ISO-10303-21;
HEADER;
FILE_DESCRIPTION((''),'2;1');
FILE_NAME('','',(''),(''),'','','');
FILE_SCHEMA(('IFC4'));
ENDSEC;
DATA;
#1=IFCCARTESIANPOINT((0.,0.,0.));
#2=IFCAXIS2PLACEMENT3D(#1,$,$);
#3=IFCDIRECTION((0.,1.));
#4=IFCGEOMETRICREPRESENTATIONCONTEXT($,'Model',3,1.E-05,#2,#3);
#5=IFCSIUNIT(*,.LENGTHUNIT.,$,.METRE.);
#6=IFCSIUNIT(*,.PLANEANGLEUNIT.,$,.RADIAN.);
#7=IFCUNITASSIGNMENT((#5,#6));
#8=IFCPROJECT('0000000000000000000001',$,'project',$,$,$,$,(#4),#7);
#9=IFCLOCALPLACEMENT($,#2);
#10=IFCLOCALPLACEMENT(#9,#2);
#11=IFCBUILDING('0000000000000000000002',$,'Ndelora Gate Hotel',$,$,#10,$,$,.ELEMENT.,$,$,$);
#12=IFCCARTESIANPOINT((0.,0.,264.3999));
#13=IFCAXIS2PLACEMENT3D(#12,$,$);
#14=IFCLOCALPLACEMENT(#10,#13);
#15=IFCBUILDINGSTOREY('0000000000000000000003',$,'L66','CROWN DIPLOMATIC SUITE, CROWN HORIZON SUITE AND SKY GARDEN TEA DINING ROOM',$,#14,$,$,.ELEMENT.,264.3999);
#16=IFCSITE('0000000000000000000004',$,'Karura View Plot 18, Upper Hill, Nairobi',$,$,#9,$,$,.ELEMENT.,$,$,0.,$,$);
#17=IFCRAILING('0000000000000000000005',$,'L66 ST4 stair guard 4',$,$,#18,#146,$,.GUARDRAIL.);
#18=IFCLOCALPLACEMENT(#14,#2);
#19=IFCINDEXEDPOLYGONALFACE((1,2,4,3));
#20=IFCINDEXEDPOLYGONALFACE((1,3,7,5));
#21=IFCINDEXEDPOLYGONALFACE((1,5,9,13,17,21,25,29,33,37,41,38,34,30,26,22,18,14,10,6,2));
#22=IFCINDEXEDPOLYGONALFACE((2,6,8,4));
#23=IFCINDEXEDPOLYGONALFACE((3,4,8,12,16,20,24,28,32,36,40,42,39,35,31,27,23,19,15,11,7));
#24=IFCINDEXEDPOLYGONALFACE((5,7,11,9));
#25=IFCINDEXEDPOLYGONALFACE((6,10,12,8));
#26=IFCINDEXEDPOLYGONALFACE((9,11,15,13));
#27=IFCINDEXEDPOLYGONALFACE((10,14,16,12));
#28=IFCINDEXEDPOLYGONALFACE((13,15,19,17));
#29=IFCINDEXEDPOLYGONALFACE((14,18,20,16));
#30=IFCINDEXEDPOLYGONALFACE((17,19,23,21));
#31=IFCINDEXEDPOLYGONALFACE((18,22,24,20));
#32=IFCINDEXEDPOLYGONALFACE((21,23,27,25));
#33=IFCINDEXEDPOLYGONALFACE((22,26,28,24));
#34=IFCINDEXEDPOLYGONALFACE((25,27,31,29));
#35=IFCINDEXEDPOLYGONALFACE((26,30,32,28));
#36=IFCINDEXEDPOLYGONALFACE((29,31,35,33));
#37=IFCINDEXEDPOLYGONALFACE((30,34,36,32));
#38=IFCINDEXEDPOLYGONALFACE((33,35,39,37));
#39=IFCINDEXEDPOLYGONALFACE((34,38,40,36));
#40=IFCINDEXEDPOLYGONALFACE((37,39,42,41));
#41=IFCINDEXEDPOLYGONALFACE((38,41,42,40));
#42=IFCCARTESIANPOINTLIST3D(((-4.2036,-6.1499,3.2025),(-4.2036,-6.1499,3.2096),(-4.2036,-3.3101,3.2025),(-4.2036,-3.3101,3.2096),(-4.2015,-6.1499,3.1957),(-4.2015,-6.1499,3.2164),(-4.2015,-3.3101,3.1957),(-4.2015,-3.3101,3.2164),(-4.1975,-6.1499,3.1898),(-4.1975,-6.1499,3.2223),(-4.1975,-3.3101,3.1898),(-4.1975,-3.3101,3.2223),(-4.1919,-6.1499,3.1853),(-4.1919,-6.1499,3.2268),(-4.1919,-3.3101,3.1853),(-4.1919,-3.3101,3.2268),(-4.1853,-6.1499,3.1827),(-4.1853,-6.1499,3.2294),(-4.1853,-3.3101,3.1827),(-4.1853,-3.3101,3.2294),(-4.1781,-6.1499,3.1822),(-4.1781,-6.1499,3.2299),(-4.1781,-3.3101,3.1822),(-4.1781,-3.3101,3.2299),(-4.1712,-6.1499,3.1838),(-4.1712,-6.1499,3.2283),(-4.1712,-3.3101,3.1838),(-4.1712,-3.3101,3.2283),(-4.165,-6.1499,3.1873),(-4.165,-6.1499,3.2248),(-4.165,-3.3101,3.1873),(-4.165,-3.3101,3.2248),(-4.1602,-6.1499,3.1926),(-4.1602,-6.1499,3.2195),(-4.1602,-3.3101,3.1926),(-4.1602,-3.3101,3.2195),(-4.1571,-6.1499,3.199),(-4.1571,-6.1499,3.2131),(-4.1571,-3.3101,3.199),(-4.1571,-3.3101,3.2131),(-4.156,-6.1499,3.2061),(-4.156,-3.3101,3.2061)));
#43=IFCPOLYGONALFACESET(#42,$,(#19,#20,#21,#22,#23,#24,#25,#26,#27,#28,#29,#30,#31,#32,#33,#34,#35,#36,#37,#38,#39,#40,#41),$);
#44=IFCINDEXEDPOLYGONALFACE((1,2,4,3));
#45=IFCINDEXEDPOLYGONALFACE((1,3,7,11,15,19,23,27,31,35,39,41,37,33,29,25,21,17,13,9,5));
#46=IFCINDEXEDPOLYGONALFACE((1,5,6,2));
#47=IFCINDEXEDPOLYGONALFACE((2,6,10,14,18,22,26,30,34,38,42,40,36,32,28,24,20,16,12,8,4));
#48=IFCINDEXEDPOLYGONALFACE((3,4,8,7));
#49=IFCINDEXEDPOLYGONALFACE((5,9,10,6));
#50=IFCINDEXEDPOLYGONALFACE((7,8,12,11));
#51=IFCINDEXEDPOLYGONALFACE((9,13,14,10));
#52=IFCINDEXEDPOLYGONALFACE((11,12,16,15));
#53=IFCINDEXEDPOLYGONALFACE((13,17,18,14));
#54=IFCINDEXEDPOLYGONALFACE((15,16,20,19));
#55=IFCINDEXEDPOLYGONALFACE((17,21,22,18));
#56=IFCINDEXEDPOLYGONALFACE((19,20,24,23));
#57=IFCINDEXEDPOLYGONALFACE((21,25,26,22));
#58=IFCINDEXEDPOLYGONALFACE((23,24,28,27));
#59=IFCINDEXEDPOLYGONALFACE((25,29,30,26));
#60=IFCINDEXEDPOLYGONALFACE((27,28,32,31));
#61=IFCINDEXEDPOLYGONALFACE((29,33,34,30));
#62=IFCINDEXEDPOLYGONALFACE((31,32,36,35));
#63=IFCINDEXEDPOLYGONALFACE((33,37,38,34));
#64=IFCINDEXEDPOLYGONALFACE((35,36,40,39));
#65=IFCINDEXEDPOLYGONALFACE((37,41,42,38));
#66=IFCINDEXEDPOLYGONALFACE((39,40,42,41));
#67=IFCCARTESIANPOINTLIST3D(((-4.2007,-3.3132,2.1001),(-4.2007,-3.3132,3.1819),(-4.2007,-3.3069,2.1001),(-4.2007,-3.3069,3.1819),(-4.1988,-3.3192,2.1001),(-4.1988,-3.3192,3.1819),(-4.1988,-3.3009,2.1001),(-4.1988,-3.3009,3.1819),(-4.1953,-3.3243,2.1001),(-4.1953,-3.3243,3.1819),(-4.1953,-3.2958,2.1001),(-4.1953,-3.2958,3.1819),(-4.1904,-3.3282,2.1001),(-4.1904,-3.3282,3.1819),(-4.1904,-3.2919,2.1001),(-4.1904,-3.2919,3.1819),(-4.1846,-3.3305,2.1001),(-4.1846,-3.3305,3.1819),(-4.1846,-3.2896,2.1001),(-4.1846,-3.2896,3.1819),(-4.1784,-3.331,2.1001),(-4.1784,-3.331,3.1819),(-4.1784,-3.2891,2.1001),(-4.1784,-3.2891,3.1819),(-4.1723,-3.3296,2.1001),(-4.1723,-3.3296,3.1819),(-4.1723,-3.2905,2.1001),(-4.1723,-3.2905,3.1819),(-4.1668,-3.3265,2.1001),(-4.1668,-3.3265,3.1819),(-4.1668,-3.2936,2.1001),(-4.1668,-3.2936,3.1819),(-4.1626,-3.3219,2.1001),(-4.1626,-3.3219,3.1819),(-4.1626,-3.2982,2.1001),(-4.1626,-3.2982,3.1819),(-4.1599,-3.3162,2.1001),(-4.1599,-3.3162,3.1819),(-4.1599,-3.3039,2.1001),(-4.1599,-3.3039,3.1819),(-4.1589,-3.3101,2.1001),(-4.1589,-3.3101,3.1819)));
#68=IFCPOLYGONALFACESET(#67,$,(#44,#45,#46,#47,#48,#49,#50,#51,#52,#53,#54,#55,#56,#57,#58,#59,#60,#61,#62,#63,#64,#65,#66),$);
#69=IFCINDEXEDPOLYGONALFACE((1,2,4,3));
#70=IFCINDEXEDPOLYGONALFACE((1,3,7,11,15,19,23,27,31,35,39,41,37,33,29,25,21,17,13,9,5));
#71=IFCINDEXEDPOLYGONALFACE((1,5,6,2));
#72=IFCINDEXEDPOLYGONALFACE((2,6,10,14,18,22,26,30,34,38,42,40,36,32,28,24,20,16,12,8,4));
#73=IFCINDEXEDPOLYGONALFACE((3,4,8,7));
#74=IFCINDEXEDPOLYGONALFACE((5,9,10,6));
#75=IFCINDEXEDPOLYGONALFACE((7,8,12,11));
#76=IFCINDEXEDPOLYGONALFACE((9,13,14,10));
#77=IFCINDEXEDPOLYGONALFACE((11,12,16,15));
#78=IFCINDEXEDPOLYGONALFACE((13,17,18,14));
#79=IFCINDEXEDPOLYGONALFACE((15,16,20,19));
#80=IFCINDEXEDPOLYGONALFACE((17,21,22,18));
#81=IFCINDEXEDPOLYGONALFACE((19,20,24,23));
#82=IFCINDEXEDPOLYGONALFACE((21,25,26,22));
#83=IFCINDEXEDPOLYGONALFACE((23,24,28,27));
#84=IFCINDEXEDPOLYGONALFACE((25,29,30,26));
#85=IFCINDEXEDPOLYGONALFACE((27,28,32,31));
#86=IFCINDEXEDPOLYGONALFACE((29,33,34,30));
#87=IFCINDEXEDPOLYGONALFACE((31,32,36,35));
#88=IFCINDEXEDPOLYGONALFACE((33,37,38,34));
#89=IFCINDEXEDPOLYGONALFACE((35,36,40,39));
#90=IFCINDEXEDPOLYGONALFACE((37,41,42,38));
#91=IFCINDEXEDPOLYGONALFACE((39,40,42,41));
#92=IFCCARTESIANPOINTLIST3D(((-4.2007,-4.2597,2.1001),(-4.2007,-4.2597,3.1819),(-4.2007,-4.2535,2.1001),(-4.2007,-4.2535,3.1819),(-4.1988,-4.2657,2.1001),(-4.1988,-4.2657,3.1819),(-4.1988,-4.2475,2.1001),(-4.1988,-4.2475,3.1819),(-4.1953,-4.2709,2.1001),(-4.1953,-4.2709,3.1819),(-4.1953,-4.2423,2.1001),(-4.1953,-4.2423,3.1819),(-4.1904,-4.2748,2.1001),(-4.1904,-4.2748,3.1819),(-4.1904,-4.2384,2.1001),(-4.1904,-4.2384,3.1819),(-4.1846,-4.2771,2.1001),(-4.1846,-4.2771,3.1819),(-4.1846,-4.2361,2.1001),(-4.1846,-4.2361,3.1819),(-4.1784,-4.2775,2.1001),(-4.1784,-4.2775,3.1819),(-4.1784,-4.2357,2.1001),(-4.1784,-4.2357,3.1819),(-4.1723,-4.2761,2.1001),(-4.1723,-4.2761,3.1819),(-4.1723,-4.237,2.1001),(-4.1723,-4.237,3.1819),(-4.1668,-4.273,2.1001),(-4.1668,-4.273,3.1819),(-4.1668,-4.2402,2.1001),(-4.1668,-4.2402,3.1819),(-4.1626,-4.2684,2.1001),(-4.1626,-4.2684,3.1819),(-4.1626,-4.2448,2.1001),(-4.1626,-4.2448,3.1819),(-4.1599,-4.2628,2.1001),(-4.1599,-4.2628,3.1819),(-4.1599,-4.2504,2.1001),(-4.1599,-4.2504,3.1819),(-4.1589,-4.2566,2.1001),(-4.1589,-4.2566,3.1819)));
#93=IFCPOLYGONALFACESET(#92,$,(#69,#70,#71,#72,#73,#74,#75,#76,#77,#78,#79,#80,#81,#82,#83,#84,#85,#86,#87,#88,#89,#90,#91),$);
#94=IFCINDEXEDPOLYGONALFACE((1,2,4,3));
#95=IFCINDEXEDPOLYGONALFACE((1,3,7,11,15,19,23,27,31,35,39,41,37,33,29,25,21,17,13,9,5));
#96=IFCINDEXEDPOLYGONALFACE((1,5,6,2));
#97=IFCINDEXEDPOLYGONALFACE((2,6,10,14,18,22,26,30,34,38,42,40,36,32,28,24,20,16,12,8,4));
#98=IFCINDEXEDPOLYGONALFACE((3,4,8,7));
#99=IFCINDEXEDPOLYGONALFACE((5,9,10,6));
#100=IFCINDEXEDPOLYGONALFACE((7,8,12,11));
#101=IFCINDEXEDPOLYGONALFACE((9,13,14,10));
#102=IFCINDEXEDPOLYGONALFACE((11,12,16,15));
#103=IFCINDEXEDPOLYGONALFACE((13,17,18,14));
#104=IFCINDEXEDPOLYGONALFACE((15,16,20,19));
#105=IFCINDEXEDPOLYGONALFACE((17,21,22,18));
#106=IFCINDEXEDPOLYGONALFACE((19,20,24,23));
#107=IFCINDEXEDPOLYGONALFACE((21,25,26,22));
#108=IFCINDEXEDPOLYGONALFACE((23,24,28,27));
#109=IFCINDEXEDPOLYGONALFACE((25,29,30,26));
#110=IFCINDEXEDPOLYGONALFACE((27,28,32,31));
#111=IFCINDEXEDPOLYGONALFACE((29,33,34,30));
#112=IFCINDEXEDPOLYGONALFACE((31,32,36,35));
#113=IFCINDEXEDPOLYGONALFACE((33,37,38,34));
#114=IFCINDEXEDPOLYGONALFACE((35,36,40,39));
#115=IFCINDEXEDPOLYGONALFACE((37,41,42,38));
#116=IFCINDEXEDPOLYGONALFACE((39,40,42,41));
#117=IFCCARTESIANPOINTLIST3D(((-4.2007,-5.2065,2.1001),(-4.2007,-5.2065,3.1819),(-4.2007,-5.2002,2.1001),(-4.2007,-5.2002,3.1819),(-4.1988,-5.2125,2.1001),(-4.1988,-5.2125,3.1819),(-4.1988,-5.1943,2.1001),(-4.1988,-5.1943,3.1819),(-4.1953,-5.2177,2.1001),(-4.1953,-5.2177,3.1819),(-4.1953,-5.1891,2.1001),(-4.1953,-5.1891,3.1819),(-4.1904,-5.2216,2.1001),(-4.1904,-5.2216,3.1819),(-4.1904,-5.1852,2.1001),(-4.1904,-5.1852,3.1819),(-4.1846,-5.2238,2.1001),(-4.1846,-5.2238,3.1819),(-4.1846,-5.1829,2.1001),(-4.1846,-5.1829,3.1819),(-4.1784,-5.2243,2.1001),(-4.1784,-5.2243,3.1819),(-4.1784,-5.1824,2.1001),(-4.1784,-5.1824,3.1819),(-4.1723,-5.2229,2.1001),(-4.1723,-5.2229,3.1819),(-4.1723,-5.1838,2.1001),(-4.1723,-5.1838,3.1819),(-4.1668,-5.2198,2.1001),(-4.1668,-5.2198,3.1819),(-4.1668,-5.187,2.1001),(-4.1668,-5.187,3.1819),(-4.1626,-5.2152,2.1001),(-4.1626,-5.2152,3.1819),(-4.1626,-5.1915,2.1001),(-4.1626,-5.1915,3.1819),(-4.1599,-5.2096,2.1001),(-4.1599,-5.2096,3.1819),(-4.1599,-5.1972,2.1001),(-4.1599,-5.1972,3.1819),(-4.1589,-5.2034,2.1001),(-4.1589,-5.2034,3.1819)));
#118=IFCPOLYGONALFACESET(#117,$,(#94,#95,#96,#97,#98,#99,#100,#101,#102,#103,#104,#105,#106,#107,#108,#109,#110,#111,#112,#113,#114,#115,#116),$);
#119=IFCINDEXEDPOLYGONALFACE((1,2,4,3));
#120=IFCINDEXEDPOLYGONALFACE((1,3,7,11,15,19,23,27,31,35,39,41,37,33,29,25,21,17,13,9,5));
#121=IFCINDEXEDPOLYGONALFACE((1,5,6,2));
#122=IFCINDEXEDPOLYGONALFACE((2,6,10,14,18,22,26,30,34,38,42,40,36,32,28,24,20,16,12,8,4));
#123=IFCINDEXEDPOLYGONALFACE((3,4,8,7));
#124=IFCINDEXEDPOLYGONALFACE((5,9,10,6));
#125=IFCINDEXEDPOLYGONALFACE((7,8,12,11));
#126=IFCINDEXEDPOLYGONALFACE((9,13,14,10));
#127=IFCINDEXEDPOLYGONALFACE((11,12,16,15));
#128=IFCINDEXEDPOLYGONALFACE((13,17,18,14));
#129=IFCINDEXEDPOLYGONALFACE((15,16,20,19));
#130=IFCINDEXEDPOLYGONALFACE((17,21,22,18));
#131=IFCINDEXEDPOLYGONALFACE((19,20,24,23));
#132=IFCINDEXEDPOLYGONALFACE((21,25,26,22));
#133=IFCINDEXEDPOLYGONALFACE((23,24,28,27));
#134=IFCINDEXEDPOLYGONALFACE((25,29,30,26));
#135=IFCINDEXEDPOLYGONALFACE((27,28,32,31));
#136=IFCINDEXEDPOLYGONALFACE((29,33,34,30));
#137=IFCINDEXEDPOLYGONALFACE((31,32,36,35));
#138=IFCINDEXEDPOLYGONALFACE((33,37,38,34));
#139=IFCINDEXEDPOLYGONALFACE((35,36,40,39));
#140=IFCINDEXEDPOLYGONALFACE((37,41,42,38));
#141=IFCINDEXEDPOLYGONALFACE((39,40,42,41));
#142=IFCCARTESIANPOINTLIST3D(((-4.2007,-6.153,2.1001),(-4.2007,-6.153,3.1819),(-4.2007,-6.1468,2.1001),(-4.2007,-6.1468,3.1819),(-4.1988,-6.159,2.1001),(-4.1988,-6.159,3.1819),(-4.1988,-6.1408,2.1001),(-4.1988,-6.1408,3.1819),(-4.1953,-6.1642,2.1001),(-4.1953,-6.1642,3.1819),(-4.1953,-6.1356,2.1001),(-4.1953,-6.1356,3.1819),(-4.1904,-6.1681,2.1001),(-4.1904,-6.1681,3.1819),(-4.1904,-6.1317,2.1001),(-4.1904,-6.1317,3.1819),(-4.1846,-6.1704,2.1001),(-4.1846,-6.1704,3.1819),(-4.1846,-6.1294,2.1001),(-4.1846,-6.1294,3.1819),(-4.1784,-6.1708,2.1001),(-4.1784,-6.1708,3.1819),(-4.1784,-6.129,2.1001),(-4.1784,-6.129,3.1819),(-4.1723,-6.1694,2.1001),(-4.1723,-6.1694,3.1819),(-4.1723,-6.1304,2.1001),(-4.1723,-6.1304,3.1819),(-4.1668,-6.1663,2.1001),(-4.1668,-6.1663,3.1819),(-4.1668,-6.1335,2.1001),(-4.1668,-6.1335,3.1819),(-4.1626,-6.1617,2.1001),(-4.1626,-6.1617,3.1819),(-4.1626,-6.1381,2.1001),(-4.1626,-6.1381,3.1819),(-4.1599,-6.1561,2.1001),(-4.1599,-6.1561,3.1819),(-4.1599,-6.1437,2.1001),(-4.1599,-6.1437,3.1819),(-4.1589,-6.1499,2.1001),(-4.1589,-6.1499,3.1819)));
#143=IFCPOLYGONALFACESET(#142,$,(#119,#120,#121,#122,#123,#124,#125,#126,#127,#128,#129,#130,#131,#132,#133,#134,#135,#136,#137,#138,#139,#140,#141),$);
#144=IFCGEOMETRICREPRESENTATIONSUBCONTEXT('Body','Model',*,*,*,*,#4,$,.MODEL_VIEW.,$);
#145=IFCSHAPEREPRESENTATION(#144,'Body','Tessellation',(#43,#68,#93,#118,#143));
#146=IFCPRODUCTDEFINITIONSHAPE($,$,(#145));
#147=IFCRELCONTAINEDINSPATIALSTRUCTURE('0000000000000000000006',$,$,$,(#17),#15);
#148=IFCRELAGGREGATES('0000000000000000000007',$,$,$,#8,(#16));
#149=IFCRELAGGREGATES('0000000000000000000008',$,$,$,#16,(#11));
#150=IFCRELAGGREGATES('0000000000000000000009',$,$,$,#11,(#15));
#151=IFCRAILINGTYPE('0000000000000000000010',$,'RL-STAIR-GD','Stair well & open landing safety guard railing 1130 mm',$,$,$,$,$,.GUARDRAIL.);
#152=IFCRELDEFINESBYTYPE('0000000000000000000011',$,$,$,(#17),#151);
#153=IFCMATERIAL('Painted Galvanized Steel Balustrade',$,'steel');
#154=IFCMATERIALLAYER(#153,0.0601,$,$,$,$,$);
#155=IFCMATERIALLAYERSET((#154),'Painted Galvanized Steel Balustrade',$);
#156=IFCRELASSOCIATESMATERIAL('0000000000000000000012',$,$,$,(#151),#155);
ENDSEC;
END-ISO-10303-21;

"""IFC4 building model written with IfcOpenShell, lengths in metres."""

from ifc_helpers import new_model, si_unit, direction, frame, origin, origin_2d, place, context, subcontext, project, spatial, circle, extrude, material, layer, layer_set, type_object, element, save


model = new_model("IFC4")

# Units and contexts
model_context = context("Model", 3, precision=1e-05, world=origin(), true_north=direction((0.0, 1.0)))
body_context = subcontext(model_context, "Body", "Model", "MODEL_VIEW")
ifc_project = project(units=[si_unit("LENGTHUNIT", "METRE"), si_unit("PLANEANGLEUNIT", "RADIAN")], contexts=[model_context])

# Site, building, storey
site_placement = place(None, origin())
site = spatial("IfcSite", under=ifc_project, at=site_placement, Name="Karura View Plot 18, Upper Hill, Nairobi", CompositionType="ELEMENT", RefElevation=0.0)
building_placement = place(site_placement, origin())
building = spatial("IfcBuilding", under=site, at=building_placement, Name="Ndelora Gate Hotel", CompositionType="ELEMENT")
storey_placement = place(building_placement, frame((0.0, 0.0, 264.3999)))
storey = spatial("IfcBuildingStorey", under=building, at=storey_placement, Name="L66", Description="CROWN DIPLOMATIC SUITE, CROWN HORIZON SUITE AND SKY GARDEN TEA DINING ROOM", CompositionType="ELEMENT", Elevation=264.3999)

# Railing
ifc_material_1 = material(Name="Painted Galvanized Steel Balustrade", Category="steel")
ifc_layer_1 = layer(ifc_material_1, 0.0601)
ifc_layer_set_1 = layer_set([ifc_layer_1], Name="Painted Galvanized Steel Balustrade")
railing_type_1 = type_object("IfcRailingType", Name="RL-STAIR-GD", Description="Stair well & open landing safety guard railing 1130 mm", PredefinedType="GUARDRAIL", material=ifc_layer_set_1)
for number, where, name in (
    (1, (-4.1799, -3.3101, 2.1001), "L66 ST4 stair guard 4"),
):
    element("IfcRailing", number, at=place(storey_placement, frame(where)), inside=storey, type_object=railing_type_1, Name=name, PredefinedType="GUARDRAIL", context=body_context, shape_type="SweptSolid", body=[
        extrude(circle(Radius=0.0239, at=origin_2d()), frame((0.0, 0.0, 1.106), z_axis=(0.0, -1.0, 0.0), x_axis=(1.0, 0.0, 0.0)), (0.0, 0.0, 1.0), 2.8398),
        extrude(circle(Radius=0.021, at=origin_2d()), origin(), (0.0, 0.0, 1.0), 1.0818),
        extrude(circle(Radius=0.021, at=origin_2d()), frame((0.0, -0.9465, 0.0)), (0.0, 0.0, 1.0), 1.0818),
        extrude(circle(Radius=0.021, at=origin_2d()), frame((0.0, -1.8933, 0.0)), (0.0, 0.0, 1.0), 1.0818),
        extrude(circle(Radius=0.021, at=origin_2d()), frame((0.0, -2.8398, 0.0)), (0.0, 0.0, 1.0), 1.0818),
    ])

save(model, "model.ifc")
